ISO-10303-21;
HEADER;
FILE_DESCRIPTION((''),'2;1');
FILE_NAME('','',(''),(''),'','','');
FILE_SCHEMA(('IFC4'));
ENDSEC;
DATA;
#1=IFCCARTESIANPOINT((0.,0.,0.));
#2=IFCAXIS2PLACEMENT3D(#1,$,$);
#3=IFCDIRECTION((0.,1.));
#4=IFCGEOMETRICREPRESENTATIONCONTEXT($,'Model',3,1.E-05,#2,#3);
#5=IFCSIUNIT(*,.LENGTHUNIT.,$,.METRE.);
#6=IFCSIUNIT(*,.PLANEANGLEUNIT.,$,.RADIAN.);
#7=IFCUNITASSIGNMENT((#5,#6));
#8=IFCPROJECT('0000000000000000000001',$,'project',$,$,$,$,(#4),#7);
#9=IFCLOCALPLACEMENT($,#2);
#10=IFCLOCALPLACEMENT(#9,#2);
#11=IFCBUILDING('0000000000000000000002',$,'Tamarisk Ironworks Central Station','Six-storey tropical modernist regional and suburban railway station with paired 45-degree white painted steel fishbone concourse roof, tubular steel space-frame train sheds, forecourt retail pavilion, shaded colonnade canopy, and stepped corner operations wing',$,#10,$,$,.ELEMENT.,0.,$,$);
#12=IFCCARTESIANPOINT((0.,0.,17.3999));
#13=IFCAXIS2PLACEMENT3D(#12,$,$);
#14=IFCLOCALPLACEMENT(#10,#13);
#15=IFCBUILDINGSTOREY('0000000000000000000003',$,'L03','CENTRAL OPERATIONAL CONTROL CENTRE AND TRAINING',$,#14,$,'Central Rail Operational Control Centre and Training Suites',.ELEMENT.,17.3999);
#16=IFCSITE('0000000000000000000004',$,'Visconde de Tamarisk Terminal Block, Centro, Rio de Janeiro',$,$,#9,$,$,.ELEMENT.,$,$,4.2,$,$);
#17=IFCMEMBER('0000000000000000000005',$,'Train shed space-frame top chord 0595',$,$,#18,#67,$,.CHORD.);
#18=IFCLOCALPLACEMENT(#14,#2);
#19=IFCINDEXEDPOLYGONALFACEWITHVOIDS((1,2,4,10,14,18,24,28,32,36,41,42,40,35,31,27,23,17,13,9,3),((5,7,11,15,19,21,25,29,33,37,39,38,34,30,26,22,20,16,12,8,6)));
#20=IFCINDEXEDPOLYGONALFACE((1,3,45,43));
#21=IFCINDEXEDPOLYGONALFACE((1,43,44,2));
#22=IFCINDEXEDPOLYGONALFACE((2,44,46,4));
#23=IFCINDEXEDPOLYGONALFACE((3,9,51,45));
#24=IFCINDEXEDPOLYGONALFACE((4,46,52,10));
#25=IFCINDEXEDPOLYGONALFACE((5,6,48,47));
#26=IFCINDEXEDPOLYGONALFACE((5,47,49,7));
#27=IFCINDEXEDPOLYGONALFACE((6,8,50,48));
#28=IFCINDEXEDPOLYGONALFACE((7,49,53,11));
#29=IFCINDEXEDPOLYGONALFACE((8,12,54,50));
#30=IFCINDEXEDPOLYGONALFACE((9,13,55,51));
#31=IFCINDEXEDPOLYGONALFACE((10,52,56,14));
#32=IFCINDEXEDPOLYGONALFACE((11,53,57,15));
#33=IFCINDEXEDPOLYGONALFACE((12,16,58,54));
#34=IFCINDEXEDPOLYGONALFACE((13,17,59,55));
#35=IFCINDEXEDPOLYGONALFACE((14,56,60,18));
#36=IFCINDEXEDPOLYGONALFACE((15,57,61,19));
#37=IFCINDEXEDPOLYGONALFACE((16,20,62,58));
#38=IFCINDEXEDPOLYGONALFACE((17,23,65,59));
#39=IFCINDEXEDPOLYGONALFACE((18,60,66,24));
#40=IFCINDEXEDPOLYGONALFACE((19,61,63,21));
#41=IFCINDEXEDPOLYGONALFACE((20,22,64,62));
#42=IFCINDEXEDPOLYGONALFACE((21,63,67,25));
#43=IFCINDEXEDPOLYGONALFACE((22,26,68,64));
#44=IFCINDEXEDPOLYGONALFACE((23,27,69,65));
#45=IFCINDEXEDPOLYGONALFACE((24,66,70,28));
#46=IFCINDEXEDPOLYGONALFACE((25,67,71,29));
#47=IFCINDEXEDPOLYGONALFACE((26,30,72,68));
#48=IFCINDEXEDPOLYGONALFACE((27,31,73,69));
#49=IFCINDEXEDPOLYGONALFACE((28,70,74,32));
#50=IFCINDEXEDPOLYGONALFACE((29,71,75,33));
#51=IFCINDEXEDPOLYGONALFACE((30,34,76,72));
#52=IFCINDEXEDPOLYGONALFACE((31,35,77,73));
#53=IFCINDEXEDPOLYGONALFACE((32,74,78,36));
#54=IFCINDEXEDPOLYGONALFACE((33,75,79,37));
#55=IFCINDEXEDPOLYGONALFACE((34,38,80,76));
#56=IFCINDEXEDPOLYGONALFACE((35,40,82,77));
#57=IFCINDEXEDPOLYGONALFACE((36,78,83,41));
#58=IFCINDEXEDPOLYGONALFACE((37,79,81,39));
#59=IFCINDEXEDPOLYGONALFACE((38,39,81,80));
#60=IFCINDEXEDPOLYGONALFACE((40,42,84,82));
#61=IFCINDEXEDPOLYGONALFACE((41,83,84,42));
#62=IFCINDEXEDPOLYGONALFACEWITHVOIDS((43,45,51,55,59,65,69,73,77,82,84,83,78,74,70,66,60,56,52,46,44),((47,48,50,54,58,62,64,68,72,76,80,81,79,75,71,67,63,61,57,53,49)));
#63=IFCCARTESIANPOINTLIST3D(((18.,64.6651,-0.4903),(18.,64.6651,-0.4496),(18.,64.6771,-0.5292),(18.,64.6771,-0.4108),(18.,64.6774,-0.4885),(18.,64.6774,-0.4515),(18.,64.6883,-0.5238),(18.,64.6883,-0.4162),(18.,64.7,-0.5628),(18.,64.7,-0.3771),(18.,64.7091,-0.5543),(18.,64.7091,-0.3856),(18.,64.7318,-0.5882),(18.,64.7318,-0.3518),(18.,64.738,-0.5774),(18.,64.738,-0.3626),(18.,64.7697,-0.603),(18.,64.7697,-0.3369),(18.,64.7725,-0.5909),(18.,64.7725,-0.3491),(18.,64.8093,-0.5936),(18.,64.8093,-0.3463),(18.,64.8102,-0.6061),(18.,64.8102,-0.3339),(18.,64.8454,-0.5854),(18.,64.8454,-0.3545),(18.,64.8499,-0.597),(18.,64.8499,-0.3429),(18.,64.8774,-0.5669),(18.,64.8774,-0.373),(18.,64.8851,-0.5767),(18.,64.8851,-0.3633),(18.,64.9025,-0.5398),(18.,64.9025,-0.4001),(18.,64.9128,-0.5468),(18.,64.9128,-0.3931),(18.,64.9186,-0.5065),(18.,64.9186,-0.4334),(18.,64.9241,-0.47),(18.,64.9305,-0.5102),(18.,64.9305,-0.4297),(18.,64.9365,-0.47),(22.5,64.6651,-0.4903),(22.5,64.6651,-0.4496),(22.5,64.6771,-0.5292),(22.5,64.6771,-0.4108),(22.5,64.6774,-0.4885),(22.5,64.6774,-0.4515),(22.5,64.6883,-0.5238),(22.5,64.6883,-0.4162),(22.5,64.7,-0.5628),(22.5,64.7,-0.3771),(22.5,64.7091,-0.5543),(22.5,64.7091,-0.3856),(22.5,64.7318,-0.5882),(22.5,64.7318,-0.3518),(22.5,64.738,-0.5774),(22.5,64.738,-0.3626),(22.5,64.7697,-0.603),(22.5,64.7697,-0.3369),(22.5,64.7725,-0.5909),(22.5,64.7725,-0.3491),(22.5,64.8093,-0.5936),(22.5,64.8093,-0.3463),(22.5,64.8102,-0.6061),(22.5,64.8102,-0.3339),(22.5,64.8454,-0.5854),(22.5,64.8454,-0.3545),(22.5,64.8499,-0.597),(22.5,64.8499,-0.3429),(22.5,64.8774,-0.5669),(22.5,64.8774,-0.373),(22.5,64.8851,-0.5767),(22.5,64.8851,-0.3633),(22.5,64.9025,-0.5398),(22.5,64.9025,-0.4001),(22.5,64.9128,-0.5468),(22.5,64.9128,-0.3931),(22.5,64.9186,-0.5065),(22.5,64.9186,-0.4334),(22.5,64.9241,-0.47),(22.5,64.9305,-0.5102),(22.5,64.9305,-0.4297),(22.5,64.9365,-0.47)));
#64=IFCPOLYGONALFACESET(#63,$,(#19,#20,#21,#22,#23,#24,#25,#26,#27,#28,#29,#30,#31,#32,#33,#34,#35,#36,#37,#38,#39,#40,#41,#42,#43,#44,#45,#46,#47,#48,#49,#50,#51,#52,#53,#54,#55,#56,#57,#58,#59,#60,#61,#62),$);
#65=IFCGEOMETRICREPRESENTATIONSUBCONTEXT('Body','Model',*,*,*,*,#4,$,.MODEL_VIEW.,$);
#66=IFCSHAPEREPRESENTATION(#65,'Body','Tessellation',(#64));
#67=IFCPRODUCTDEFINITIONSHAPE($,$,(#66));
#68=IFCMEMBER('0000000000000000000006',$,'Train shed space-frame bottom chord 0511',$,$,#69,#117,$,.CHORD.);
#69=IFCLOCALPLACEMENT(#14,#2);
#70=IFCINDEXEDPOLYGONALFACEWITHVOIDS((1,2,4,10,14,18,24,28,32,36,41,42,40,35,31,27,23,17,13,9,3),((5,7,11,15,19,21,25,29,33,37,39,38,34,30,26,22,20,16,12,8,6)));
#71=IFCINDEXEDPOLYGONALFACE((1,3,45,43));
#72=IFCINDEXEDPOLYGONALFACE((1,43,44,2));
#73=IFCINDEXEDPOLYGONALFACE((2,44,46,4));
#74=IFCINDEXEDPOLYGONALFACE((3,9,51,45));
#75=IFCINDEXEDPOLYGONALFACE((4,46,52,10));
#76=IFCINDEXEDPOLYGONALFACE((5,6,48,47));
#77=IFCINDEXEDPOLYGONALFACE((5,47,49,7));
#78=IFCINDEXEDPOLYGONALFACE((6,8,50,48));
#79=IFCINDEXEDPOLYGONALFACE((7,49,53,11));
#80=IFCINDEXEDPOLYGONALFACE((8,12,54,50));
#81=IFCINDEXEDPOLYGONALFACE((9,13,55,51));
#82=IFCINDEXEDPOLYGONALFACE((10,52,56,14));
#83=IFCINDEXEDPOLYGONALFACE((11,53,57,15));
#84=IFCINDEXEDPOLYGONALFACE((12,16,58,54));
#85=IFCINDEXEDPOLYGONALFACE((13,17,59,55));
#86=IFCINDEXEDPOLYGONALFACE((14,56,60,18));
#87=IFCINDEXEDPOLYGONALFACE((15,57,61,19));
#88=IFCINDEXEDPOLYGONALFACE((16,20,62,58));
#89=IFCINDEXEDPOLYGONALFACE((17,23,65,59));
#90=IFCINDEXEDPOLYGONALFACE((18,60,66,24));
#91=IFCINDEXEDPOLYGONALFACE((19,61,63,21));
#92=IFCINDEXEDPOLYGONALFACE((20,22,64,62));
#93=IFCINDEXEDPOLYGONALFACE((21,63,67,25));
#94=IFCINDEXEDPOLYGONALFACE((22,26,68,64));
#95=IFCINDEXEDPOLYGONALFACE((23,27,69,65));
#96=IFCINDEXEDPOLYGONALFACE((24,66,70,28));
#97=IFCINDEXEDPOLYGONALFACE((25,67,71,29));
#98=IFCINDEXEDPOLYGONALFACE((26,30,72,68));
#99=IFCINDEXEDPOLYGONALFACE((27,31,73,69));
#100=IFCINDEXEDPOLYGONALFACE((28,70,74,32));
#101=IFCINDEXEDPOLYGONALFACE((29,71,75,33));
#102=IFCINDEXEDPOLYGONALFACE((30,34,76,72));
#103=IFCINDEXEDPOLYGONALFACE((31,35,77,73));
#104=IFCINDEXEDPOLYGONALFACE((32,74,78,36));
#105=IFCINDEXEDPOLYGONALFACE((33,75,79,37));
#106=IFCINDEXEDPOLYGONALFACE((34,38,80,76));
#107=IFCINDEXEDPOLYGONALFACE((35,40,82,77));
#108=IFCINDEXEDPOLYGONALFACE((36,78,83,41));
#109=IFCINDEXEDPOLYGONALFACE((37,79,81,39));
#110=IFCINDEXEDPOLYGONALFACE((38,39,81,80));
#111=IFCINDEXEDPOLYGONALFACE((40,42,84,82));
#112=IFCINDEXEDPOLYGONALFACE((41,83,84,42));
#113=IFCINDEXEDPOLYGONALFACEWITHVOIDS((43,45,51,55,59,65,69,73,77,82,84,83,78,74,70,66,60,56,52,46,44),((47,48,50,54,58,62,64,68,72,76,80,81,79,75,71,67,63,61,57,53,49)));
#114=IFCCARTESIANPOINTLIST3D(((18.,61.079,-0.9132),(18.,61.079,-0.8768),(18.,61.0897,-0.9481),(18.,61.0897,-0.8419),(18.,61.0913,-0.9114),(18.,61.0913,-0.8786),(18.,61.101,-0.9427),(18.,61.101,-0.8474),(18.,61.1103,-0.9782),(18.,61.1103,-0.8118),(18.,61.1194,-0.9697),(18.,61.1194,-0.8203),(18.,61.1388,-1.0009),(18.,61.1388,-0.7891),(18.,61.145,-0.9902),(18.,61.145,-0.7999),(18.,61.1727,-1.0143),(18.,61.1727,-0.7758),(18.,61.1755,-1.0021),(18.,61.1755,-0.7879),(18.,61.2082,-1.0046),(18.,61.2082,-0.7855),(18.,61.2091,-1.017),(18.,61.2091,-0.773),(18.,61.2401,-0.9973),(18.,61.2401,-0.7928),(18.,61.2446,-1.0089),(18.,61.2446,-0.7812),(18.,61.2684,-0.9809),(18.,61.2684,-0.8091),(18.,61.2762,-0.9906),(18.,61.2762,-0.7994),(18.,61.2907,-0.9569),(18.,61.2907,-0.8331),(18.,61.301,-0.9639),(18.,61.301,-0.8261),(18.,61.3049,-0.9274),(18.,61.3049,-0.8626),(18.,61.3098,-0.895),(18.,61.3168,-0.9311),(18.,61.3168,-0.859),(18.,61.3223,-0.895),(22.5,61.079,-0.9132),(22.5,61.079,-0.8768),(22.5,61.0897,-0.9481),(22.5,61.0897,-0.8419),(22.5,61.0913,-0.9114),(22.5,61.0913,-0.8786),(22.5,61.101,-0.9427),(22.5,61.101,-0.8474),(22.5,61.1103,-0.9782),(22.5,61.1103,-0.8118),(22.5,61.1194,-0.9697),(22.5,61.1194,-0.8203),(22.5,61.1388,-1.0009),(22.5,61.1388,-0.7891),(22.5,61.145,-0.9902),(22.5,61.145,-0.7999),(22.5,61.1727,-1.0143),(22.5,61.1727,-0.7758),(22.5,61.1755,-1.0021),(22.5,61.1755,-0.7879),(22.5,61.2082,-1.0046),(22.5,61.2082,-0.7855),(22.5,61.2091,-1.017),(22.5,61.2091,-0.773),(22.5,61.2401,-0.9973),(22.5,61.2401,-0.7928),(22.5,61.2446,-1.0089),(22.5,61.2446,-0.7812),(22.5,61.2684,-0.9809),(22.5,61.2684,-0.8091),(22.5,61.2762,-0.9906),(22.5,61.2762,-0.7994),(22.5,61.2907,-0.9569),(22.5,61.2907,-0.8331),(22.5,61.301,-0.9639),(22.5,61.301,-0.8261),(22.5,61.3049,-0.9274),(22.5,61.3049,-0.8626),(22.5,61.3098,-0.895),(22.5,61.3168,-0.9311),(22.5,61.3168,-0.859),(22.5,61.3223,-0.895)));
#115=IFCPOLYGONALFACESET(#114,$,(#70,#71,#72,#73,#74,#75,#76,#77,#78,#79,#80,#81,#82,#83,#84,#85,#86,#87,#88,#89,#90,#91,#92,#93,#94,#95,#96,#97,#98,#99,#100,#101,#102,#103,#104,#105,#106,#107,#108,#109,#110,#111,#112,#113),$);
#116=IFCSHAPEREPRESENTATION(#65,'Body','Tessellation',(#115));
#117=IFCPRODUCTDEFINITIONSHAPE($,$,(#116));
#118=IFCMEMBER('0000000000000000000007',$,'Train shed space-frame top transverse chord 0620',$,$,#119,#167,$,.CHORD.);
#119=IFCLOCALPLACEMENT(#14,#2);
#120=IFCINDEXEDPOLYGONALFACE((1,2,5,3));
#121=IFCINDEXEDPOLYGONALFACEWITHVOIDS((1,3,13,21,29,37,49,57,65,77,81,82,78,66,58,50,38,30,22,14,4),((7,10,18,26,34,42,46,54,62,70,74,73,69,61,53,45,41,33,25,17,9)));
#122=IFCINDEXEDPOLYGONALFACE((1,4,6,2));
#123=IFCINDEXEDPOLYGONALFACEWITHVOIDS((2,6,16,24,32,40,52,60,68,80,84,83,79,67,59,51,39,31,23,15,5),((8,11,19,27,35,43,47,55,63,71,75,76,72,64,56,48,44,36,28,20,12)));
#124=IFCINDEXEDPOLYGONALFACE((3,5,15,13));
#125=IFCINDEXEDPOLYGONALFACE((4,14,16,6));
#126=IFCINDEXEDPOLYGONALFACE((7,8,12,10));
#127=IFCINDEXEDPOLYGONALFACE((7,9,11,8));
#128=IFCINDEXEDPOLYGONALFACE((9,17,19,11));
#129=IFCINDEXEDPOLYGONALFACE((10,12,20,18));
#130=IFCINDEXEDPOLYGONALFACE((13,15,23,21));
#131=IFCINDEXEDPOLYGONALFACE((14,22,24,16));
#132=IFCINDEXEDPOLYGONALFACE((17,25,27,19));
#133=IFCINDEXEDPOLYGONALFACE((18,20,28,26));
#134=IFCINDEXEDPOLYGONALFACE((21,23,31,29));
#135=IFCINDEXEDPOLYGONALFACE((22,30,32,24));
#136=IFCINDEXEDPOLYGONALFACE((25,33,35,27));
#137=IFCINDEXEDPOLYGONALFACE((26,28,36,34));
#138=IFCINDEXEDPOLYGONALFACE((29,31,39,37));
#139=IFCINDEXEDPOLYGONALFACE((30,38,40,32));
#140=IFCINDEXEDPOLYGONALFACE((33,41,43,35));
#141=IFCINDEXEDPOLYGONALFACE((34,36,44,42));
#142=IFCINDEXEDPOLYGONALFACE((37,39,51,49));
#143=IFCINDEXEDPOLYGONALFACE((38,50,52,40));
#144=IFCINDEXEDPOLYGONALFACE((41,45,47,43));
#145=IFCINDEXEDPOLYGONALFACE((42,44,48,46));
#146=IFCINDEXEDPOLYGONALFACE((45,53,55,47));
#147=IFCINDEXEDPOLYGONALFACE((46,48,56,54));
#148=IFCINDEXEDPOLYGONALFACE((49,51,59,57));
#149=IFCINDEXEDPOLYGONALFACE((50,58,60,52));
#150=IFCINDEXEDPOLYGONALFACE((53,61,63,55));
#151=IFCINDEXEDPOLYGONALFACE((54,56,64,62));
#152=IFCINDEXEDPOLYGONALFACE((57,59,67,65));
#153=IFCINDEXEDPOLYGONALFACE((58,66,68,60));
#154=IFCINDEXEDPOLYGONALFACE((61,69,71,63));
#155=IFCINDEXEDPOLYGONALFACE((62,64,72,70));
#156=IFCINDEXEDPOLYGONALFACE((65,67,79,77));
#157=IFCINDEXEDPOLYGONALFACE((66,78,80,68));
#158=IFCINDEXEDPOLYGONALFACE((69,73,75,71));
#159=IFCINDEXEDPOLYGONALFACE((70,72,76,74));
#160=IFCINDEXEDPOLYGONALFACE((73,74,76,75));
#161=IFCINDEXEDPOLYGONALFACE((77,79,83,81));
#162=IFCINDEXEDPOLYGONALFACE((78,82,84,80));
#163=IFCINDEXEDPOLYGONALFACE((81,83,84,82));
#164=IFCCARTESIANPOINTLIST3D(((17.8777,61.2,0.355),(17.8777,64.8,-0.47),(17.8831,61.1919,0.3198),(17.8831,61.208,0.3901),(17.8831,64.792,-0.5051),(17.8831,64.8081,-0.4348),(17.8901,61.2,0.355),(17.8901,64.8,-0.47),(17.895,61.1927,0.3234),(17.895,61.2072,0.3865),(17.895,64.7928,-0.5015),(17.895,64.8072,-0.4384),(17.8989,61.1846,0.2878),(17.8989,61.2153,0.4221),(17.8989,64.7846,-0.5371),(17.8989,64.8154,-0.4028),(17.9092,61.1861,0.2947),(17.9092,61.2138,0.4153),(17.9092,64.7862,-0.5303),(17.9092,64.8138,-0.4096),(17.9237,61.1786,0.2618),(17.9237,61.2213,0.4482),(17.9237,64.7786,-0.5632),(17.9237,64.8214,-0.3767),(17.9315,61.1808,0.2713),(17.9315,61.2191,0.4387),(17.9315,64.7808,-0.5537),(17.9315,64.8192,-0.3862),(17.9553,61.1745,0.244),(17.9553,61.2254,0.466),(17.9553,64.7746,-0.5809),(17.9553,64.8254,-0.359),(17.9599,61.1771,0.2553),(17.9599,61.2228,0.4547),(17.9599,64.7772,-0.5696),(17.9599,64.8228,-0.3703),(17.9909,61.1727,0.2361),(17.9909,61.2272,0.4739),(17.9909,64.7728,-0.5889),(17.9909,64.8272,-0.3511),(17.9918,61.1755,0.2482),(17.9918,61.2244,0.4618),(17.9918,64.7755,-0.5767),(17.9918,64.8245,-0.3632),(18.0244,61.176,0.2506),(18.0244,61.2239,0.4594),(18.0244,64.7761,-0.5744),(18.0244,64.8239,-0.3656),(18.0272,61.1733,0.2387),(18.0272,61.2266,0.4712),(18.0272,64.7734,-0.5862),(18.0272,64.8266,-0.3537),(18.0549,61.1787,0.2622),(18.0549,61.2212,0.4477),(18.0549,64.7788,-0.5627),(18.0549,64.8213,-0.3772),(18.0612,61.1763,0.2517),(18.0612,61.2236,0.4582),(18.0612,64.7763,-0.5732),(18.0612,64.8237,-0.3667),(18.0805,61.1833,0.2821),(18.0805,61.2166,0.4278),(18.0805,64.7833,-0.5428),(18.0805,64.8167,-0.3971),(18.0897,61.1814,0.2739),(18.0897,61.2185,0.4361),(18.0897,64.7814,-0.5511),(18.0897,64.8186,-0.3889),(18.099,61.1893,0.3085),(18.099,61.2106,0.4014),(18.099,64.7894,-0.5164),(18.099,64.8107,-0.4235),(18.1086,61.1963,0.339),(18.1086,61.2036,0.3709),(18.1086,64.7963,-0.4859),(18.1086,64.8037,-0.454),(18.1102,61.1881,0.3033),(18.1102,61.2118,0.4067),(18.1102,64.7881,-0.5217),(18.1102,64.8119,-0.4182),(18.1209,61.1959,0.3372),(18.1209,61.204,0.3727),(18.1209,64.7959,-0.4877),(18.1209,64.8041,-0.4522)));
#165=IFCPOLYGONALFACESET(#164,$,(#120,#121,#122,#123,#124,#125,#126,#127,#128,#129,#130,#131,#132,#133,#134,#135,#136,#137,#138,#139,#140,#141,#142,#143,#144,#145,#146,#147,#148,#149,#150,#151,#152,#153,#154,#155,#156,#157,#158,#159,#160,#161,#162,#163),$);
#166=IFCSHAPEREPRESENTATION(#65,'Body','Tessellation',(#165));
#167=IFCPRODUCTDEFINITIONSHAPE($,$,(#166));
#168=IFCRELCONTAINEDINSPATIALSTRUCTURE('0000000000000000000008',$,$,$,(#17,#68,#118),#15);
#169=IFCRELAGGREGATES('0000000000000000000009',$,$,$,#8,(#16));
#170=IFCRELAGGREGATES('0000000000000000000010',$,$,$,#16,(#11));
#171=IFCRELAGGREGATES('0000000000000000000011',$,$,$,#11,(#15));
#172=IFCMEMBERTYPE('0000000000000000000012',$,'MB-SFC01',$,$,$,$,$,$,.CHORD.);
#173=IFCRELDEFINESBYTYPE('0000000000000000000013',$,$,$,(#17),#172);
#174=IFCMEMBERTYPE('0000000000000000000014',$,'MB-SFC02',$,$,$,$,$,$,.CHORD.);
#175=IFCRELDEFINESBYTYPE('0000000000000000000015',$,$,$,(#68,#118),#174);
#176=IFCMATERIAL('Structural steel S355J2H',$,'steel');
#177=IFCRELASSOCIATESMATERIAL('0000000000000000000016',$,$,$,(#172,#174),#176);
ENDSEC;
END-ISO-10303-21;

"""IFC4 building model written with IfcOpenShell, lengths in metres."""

from ifc_helpers import new_model, si_unit, direction, frame, origin, origin_2d, place, context, subcontext, project, spatial, hollow_circle, extrude, material, material_profile, profile_set, type_object, element, save


model = new_model("IFC4")

# Units and contexts
model_context = context("Model", 3, precision=1e-05, world=origin(), true_north=direction((0.0, 1.0)))
body_context = subcontext(model_context, "Body", "Model", "MODEL_VIEW")
ifc_project = project(units=[si_unit("LENGTHUNIT", "METRE"), si_unit("PLANEANGLEUNIT", "RADIAN")], contexts=[model_context])

# Site, building, storey
site_placement = place(None, origin())
site = spatial("IfcSite", under=ifc_project, at=site_placement, Name="Visconde de Tamarisk Terminal Block, Centro, Rio de Janeiro", CompositionType="ELEMENT", RefElevation=4.2)
building_placement = place(site_placement, origin())
building = spatial("IfcBuilding", under=site, at=building_placement, Name="Tamarisk Ironworks Central Station", Description="Six-storey tropical modernist regional and suburban railway station with paired 45-degree white painted steel fishbone concourse roof, tubular steel space-frame train sheds, forecourt retail pavilion, shaded colonnade canopy, and stepped corner operations wing", CompositionType="ELEMENT", ElevationOfRefHeight=0.0)
storey_placement = place(building_placement, frame((0.0, 0.0, 17.3999)))
storey = spatial("IfcBuildingStorey", under=building, at=storey_placement, Name="L03", Description="CENTRAL OPERATIONAL CONTROL CENTRE AND TRAINING", LongName="Central Rail Operational Control Centre and Training Suites", CompositionType="ELEMENT", Elevation=17.3999)

# Members
ifc_material_1 = material(Name="Structural steel S355J2H", Category="steel")
ifc_material_profile_1 = material_profile(ifc_material_1, hollow_circle(Radius=0.1365, WallThickness=0.0125, at=origin_2d()), Name="CHS 273x12.5")
ifc_profile_set_1 = profile_set([ifc_material_profile_1], Name="Structural steel S355J2H")
member_type_1 = type_object("IfcMemberType", Name="MB-SFC01", PredefinedType="CHORD", material=ifc_profile_set_1)
for number, where, z_axis, x_axis, name in (
    (1, (18.0, 64.8, -0.47), (1.0, 0.0, 0.0), (0.0, 1.0, 0.0), "Train shed space-frame top chord 0595"),
):
    element("IfcMember", number, at=place(storey_placement, frame(where, z_axis=z_axis, x_axis=x_axis)), inside=storey, type_object=member_type_1, Name=name, PredefinedType="CHORD", context=body_context, shape_type="SweptSolid", body=[
        extrude(hollow_circle(Radius=0.1365, WallThickness=0.0125, at=origin_2d()), origin(), (0.0, 0.0, 1.0), 4.5),
    ])
ifc_material_profile_2 = material_profile(ifc_material_1, hollow_circle(Radius=0.1223, WallThickness=0.0125, at=origin_2d()), Name="CHS 244.5x12.5")
ifc_profile_set_2 = profile_set([ifc_material_profile_2], Name="Structural steel S355J2H")
member_type_2 = type_object("IfcMemberType", Name="MB-SFC02", PredefinedType="CHORD", material=ifc_profile_set_2)
member_1_placement = place(storey_placement, frame((18.0, 61.2, -0.895), z_axis=(1.0, 0.0, 0.0), x_axis=(0.0, 1.0, 0.0)))
element("IfcMember", 2, at=member_1_placement, inside=storey, type_object=member_type_2, Name="Train shed space-frame bottom chord 0511", PredefinedType="CHORD", context=body_context, shape_type="SweptSolid", body=[
    extrude(hollow_circle(Radius=0.1223, WallThickness=0.0125, at=origin_2d()), origin(), (0.0, 0.0, 1.0), 4.5),
])
member_2_placement = place(storey_placement, frame((18.0, 61.2, 0.355), z_axis=(0.0, 0.974737, -0.223358), x_axis=(-1.0, 0.0, 0.0)))
element("IfcMember", 3, at=member_2_placement, inside=storey, type_object=member_type_2, Name="Train shed space-frame top transverse chord 0620", PredefinedType="CHORD", context=body_context, shape_type="SweptSolid", body=[
    extrude(hollow_circle(Radius=0.1223, WallThickness=0.0125, at=origin_2d()), origin(), (0.0, 0.0, 1.0), 3.6934),
])

save(model, "model.ifc")
